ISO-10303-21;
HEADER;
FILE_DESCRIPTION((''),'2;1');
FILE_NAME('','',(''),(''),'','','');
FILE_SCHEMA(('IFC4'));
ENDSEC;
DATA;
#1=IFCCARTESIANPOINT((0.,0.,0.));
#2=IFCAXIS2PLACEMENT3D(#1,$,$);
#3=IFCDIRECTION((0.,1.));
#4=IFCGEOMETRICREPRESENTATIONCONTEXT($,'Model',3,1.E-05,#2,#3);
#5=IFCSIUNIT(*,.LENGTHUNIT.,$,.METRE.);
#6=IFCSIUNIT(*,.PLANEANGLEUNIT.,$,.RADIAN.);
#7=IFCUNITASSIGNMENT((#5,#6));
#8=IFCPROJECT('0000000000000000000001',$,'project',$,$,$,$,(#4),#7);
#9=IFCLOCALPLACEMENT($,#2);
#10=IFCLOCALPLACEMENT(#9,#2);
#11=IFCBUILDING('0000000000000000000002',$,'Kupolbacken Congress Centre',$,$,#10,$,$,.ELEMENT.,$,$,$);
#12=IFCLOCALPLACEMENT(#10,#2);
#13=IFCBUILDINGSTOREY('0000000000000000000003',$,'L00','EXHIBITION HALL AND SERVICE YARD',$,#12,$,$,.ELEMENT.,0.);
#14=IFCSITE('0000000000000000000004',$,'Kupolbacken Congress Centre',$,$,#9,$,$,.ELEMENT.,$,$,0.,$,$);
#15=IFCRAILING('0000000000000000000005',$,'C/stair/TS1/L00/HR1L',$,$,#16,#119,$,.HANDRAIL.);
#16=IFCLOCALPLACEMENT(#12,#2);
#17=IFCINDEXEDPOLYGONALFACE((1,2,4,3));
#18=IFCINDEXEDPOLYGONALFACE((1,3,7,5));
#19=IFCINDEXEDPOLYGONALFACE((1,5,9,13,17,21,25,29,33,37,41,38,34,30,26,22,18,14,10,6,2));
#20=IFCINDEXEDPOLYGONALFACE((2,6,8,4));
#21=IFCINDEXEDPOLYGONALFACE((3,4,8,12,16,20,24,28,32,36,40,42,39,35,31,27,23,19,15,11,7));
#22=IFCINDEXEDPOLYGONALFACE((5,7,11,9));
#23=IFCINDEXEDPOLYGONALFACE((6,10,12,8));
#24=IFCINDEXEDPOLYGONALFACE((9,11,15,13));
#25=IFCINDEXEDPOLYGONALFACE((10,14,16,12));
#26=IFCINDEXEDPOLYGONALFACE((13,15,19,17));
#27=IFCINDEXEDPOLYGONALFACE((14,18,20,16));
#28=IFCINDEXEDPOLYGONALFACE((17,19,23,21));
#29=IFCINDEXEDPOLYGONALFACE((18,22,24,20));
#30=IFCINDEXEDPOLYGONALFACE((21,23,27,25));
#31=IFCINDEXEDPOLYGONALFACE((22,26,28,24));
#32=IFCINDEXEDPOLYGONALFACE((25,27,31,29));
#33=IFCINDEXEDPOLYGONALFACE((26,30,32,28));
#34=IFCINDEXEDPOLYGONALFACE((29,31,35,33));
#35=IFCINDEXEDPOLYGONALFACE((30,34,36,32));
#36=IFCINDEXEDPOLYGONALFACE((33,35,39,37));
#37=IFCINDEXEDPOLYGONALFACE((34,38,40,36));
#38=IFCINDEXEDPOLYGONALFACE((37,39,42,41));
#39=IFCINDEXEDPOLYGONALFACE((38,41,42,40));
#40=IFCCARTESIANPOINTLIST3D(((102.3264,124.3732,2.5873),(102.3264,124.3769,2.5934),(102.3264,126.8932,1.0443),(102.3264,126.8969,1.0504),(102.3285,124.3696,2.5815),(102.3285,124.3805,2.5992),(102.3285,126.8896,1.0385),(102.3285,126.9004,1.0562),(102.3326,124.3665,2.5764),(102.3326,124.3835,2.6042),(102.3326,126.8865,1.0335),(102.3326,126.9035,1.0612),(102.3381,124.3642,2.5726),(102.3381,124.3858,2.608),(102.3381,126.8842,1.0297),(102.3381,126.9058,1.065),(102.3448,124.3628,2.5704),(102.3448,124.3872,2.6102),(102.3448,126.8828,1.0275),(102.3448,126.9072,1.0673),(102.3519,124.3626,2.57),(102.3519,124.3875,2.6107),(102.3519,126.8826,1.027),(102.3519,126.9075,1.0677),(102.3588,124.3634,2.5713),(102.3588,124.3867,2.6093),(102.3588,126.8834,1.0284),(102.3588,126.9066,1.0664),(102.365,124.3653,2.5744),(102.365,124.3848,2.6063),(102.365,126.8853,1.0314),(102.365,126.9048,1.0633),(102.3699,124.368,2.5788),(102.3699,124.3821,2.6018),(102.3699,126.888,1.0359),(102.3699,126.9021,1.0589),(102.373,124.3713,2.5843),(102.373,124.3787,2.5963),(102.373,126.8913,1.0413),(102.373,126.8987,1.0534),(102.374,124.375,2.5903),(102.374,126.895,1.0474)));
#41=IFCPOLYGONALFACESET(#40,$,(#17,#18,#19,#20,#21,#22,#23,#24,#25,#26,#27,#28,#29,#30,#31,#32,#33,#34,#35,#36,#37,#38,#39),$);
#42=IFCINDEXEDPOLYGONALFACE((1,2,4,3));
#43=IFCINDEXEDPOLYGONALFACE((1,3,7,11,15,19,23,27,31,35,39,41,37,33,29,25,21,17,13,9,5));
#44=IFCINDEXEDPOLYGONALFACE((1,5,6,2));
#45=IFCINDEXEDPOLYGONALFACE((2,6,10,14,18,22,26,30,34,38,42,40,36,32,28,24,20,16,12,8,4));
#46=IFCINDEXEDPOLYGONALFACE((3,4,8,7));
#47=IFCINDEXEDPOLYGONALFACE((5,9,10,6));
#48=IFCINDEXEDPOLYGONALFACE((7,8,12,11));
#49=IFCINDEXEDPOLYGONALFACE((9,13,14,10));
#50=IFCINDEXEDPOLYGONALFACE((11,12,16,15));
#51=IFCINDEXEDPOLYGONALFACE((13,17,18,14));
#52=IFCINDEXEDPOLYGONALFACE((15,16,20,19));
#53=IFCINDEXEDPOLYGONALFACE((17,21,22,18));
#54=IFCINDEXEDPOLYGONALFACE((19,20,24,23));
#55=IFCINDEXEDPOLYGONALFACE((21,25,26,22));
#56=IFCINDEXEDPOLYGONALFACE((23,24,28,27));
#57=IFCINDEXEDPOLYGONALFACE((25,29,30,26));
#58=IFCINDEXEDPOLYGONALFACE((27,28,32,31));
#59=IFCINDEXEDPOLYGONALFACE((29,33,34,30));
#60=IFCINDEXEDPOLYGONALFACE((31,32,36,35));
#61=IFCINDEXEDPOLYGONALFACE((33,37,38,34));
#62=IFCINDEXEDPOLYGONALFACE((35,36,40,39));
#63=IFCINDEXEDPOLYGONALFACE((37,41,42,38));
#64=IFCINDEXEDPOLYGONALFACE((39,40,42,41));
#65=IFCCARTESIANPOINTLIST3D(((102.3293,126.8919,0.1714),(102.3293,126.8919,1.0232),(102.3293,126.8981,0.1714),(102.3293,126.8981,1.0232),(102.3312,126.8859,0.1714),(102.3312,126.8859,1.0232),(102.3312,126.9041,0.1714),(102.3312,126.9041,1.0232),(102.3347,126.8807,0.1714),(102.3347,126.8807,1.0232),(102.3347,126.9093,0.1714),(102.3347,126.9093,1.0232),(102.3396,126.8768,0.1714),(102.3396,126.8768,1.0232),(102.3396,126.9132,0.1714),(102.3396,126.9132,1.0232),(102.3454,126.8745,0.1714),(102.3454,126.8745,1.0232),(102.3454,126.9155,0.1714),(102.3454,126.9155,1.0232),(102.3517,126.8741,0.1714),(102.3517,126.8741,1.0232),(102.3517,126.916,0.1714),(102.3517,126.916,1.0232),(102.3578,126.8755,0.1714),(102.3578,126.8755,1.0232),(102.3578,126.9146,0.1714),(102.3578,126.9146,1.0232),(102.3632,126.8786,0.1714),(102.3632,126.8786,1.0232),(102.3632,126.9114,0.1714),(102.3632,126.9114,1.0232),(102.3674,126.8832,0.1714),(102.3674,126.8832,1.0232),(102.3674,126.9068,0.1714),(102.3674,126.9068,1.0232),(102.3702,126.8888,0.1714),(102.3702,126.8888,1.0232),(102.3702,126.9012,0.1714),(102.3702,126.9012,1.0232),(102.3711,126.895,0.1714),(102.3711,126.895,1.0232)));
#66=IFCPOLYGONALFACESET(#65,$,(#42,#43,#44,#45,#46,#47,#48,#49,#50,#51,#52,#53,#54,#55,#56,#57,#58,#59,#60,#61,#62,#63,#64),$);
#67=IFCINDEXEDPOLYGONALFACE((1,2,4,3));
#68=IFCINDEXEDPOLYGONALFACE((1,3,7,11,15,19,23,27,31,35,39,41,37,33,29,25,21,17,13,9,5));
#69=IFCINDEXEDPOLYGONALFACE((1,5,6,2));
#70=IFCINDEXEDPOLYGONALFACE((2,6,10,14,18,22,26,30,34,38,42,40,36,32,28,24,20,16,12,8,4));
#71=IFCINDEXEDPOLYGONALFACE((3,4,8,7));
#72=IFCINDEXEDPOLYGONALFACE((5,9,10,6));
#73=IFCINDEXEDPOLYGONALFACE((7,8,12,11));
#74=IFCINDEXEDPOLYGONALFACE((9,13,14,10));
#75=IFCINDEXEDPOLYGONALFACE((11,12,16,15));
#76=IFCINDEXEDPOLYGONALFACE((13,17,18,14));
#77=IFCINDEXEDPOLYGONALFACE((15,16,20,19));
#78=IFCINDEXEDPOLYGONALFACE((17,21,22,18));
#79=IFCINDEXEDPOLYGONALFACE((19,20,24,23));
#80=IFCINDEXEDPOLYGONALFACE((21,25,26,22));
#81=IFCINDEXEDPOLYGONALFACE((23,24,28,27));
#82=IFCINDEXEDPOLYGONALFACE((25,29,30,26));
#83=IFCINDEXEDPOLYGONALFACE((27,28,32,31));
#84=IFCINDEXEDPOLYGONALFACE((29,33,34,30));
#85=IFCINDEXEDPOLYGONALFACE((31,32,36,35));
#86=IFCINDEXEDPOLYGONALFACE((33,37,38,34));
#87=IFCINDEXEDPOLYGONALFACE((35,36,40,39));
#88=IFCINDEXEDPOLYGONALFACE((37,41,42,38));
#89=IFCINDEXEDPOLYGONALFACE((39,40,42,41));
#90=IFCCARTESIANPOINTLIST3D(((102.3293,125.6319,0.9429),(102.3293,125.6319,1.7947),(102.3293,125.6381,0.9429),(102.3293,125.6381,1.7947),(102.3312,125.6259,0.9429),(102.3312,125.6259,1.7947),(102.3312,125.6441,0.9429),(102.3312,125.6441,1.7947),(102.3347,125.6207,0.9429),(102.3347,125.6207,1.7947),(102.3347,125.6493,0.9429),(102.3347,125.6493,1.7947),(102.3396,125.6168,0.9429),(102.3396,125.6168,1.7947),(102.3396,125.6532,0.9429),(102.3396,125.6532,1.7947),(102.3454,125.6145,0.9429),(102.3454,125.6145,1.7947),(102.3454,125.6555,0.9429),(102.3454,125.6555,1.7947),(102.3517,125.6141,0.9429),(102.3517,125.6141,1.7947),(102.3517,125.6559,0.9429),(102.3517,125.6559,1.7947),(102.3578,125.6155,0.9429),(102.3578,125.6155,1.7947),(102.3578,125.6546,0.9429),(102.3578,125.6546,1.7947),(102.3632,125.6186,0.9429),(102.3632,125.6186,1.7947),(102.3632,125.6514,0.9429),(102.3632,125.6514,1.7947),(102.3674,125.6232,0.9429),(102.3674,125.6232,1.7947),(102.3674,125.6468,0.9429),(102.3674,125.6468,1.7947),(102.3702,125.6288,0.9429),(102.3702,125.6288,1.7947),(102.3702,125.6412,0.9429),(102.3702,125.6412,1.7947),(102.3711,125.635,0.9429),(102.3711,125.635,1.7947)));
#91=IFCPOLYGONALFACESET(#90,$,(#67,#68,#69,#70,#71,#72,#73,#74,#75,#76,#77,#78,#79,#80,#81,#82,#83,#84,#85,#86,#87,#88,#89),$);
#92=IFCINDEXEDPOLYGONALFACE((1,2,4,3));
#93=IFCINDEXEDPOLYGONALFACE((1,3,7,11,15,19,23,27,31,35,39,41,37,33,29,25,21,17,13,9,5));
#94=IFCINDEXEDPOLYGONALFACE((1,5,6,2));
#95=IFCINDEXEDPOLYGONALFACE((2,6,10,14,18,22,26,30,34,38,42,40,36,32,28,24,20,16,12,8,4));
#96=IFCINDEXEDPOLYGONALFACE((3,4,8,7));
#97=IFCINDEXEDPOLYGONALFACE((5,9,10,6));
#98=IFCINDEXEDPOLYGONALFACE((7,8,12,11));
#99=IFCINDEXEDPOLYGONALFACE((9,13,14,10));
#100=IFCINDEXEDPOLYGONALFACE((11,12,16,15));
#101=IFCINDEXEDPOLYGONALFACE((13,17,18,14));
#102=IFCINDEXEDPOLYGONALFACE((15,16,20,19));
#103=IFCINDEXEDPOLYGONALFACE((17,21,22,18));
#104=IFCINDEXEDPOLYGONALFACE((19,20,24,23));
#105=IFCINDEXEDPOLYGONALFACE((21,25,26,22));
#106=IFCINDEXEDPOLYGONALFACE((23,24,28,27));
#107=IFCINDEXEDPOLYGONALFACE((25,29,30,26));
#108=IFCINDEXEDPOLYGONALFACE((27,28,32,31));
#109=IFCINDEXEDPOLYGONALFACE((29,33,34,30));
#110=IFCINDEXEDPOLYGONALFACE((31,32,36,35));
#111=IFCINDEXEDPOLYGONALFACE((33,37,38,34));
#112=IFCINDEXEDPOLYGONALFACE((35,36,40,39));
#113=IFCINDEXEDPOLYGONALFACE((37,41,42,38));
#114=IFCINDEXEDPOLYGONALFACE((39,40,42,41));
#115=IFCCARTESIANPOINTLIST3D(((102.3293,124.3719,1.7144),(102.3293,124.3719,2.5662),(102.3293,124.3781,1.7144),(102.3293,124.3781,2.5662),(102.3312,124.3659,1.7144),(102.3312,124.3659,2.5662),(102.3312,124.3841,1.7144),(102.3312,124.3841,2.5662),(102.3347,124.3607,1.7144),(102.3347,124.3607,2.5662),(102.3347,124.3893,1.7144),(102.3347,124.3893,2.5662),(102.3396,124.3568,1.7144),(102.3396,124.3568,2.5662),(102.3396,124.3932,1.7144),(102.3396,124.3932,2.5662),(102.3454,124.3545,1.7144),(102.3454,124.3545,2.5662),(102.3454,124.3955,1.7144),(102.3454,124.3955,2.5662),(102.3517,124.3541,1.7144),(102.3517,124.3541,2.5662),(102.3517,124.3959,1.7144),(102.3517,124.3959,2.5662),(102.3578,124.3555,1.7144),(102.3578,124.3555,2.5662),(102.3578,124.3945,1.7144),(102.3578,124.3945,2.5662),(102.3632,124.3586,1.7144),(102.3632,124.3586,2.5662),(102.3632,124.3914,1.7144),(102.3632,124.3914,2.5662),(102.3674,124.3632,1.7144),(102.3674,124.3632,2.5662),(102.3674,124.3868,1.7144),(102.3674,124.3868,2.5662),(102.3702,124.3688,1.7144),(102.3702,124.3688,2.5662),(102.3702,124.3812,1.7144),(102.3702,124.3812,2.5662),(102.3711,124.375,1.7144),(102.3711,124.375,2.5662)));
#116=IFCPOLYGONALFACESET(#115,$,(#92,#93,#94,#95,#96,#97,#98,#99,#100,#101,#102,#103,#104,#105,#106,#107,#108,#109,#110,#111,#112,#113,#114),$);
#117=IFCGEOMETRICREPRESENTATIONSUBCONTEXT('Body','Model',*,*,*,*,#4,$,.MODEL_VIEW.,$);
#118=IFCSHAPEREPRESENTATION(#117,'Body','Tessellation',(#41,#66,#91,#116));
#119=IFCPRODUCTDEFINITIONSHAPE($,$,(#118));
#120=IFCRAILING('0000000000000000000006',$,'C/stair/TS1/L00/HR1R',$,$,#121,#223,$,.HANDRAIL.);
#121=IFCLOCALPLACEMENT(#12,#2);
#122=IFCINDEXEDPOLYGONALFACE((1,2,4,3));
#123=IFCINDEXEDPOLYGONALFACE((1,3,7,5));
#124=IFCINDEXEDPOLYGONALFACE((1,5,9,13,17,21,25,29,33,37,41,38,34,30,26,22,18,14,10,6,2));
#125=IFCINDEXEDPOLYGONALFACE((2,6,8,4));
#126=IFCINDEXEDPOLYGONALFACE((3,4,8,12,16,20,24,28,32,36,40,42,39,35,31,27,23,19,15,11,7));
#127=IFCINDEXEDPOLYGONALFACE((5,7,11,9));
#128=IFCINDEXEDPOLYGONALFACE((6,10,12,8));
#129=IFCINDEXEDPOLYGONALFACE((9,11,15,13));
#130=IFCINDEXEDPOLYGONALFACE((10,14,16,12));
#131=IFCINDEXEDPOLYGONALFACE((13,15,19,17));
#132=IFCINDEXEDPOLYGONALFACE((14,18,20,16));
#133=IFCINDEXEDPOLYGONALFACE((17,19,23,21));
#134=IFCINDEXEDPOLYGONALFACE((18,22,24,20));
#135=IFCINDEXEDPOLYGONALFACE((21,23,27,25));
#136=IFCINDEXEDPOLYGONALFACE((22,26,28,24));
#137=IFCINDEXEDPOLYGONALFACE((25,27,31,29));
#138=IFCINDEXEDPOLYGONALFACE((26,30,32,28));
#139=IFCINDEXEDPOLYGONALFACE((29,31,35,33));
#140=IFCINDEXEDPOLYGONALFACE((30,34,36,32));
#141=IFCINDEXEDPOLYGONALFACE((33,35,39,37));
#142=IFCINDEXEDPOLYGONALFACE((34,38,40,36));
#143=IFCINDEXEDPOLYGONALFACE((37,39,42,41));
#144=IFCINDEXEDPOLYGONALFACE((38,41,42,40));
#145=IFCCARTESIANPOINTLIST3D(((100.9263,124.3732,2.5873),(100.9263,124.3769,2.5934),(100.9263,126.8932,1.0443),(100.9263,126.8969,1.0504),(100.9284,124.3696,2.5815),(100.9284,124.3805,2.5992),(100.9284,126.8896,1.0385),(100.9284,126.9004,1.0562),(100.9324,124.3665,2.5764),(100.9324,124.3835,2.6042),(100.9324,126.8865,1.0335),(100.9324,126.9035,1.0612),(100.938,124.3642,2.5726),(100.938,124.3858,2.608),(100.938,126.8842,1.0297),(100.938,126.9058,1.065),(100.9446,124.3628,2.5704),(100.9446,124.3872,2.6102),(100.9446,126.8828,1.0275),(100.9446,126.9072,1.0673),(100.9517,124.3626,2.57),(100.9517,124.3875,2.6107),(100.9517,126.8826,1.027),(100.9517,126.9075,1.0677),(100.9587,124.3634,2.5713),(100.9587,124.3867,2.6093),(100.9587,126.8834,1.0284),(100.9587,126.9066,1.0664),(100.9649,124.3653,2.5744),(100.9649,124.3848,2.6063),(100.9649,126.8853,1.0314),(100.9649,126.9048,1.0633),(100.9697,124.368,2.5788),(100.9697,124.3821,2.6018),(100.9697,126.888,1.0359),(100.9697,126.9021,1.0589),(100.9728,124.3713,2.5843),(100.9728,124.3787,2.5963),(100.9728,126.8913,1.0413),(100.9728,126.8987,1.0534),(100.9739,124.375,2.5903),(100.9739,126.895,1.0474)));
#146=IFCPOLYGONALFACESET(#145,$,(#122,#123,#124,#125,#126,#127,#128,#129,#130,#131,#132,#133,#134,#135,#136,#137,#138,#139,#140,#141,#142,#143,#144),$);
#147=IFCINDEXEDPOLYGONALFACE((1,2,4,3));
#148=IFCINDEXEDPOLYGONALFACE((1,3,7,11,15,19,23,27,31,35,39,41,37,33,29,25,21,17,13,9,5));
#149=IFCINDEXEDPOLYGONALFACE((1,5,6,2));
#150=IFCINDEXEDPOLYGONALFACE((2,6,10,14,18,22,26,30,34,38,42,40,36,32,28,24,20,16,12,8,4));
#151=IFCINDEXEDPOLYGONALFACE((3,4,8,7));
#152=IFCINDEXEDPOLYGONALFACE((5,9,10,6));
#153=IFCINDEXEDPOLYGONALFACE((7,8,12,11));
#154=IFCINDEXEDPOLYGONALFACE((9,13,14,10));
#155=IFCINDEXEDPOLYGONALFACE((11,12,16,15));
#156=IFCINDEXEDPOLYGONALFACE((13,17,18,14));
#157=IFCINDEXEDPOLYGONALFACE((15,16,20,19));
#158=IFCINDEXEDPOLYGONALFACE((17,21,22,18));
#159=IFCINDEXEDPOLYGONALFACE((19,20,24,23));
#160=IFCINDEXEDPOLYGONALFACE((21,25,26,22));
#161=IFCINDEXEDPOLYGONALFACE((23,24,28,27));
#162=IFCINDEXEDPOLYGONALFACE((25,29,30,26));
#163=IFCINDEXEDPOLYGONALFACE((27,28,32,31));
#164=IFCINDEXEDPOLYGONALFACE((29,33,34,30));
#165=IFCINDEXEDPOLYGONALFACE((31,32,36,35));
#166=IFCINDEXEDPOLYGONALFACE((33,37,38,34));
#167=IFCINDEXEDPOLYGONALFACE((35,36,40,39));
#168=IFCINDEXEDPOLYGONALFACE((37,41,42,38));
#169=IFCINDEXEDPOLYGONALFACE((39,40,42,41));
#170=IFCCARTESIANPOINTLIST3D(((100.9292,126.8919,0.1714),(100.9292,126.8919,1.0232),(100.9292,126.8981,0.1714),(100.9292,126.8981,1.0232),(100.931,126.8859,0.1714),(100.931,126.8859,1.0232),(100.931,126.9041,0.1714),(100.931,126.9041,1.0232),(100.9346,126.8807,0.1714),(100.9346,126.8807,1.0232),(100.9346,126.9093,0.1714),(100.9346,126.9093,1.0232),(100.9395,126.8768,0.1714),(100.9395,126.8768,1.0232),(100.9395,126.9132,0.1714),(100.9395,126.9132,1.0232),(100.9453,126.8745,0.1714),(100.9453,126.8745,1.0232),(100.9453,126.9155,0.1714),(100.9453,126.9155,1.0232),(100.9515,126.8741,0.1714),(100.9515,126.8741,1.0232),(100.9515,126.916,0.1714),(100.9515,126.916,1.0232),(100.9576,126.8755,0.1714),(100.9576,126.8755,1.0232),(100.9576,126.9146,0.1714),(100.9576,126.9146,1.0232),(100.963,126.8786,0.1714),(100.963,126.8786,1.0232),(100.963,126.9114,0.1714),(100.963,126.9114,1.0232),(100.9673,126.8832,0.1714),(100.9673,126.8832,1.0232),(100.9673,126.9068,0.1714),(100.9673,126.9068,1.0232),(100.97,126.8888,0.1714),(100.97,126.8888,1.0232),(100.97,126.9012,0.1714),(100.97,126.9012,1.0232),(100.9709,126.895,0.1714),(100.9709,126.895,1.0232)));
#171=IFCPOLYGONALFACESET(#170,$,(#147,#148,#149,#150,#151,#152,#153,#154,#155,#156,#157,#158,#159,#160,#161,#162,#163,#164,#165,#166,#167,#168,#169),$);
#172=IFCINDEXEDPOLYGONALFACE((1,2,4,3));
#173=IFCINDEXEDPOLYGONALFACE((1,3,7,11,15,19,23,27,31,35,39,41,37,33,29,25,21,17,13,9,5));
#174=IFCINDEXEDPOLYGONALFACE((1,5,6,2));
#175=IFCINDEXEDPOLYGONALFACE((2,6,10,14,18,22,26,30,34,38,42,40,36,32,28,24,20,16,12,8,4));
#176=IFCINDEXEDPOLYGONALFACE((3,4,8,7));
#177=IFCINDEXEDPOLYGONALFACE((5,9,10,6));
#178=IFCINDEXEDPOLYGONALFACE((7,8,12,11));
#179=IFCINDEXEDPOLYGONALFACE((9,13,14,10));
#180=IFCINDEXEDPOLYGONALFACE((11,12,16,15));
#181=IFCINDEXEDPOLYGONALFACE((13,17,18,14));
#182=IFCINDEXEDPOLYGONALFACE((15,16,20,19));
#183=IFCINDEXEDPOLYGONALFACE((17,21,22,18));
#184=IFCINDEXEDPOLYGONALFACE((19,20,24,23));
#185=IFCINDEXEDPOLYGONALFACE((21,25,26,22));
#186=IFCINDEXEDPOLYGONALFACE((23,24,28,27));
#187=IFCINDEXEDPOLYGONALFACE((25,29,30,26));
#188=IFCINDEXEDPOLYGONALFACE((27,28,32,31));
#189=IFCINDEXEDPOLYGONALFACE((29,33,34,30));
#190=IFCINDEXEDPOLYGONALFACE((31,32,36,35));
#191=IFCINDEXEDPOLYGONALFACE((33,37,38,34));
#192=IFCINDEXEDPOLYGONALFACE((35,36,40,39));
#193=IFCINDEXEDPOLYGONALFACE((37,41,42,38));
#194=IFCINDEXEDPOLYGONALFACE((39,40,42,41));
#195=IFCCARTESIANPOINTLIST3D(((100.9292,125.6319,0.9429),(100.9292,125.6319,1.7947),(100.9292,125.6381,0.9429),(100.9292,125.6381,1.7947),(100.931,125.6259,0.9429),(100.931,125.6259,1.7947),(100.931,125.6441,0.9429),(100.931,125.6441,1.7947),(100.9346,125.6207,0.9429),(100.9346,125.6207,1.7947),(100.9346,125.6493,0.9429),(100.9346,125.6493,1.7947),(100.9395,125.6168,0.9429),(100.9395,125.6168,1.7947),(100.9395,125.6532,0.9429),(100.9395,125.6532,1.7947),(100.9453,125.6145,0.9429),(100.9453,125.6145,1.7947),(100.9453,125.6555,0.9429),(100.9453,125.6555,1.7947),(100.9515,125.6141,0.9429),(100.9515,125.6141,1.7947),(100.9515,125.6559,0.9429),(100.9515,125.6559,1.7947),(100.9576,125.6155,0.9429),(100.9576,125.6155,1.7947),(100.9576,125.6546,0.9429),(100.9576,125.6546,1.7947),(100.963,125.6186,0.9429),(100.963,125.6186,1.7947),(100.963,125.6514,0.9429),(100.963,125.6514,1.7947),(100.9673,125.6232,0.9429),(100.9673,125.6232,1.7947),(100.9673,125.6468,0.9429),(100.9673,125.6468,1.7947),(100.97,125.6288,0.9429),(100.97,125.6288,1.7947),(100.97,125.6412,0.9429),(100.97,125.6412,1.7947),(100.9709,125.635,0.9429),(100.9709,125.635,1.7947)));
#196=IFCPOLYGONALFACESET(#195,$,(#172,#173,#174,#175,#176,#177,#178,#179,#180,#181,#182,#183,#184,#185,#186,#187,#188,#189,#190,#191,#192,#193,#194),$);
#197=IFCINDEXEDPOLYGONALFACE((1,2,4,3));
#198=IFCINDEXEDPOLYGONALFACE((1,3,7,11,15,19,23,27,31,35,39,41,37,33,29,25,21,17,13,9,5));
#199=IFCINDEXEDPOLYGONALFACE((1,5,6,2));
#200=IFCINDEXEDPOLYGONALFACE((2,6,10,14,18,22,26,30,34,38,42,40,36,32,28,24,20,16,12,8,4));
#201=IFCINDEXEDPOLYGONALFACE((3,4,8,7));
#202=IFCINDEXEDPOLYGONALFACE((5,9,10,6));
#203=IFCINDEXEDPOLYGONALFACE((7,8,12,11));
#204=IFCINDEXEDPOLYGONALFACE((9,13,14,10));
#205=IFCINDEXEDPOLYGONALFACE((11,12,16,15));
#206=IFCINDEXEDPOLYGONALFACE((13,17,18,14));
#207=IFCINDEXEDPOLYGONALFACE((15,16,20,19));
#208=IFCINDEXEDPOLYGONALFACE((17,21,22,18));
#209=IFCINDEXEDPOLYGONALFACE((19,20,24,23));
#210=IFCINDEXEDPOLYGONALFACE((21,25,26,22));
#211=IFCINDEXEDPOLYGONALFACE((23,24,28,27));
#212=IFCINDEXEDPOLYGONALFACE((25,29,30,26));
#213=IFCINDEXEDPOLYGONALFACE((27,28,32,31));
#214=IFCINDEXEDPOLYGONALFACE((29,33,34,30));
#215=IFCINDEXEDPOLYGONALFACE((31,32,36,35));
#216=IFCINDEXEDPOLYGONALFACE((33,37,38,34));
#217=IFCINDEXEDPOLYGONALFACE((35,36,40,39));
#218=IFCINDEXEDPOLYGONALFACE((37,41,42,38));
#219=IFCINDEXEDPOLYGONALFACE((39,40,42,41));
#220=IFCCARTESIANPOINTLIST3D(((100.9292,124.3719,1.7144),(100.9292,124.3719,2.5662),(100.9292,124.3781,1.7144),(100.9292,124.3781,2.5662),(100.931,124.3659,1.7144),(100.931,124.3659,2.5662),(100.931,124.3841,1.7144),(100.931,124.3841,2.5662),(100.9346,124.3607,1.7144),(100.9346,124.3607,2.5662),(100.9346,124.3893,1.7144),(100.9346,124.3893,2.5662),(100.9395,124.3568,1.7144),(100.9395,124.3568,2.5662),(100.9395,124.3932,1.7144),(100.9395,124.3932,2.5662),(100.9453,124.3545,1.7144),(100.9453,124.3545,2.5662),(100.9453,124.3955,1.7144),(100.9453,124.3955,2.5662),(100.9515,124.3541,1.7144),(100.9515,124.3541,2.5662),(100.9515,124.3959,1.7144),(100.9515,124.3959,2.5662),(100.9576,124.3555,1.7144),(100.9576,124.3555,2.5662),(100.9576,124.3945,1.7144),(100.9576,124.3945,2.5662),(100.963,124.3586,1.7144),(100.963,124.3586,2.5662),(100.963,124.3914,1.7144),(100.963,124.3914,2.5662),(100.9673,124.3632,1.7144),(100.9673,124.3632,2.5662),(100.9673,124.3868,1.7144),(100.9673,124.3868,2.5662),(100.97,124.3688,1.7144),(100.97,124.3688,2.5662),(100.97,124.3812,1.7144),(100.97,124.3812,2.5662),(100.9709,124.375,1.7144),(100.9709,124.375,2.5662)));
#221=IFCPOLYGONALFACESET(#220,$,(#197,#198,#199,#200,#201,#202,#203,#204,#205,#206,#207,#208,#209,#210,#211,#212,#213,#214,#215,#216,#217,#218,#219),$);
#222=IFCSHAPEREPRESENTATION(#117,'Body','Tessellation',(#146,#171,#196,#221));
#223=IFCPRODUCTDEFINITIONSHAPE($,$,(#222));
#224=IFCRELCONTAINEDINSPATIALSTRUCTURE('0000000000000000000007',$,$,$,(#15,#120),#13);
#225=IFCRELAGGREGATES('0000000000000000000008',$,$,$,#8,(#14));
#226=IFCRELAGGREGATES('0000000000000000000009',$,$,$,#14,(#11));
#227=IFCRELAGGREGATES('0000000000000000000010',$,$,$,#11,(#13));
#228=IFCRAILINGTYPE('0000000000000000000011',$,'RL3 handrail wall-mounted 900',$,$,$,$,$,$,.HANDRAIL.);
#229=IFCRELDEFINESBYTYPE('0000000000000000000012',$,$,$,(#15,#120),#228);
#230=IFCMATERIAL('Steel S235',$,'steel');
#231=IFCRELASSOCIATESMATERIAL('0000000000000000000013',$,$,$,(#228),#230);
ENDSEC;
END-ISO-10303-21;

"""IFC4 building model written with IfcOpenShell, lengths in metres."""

from ifc_helpers import new_model, si_unit, direction, frame, origin, origin_2d, place, context, subcontext, project, spatial, circle, extrude, material, type_object, element, save


model = new_model("IFC4")

# Units and contexts
model_context = context("Model", 3, precision=1e-05, world=origin(), true_north=direction((0.0, 1.0)))
body_context = subcontext(model_context, "Body", "Model", "MODEL_VIEW")
ifc_project = project(units=[si_unit("LENGTHUNIT", "METRE"), si_unit("PLANEANGLEUNIT", "RADIAN")], contexts=[model_context])

# Site, building, storey
site_placement = place(None, origin())
site = spatial("IfcSite", under=ifc_project, at=site_placement, Name="Kupolbacken Congress Centre", CompositionType="ELEMENT", RefElevation=0.0)
building_placement = place(site_placement, origin())
building = spatial("IfcBuilding", under=site, at=building_placement, Name="Kupolbacken Congress Centre", CompositionType="ELEMENT")
storey_placement = place(building_placement, origin())
storey = spatial("IfcBuildingStorey", under=building, at=storey_placement, Name="L00", Description="EXHIBITION HALL AND SERVICE YARD", CompositionType="ELEMENT", Elevation=0.0)

# Railings
ifc_material_1 = material(Name="Steel S235", Category="steel")
railing_type = type_object("IfcRailingType", Name="RL3 handrail wall-mounted 900", PredefinedType="HANDRAIL", material=ifc_material_1)
for number, where, name in (
    (1, (102.3501, 126.895, 0.1714), "C/stair/TS1/L00/HR1L"),
    (2, (100.95, 126.895, 0.1714), "C/stair/TS1/L00/HR1R"),
):
    element("IfcRailing", number, at=place(storey_placement, frame(where)), inside=storey, type_object=railing_type, Name=name, PredefinedType="HANDRAIL", context=body_context, shape_type="SweptSolid", body=[
        extrude(circle(Radius=0.0239, at=origin_2d()), frame((0.0, 0.0, 0.876), z_axis=(0.0, -0.852836, 0.522178), x_axis=(1.0, 0.0, 0.0)), (0.0, 0.0, 1.0), 2.9548),
        extrude(circle(Radius=0.021, at=origin_2d()), origin(), (0.0, 0.0, 1.0), 0.8518),
        extrude(circle(Radius=0.021, at=origin_2d()), frame((0.0, -1.26, 0.7715)), (0.0, 0.0, 1.0), 0.8518),
        extrude(circle(Radius=0.021, at=origin_2d()), frame((0.0, -2.52, 1.543)), (0.0, 0.0, 1.0), 0.8518),
    ])

save(model, "model.ifc")
